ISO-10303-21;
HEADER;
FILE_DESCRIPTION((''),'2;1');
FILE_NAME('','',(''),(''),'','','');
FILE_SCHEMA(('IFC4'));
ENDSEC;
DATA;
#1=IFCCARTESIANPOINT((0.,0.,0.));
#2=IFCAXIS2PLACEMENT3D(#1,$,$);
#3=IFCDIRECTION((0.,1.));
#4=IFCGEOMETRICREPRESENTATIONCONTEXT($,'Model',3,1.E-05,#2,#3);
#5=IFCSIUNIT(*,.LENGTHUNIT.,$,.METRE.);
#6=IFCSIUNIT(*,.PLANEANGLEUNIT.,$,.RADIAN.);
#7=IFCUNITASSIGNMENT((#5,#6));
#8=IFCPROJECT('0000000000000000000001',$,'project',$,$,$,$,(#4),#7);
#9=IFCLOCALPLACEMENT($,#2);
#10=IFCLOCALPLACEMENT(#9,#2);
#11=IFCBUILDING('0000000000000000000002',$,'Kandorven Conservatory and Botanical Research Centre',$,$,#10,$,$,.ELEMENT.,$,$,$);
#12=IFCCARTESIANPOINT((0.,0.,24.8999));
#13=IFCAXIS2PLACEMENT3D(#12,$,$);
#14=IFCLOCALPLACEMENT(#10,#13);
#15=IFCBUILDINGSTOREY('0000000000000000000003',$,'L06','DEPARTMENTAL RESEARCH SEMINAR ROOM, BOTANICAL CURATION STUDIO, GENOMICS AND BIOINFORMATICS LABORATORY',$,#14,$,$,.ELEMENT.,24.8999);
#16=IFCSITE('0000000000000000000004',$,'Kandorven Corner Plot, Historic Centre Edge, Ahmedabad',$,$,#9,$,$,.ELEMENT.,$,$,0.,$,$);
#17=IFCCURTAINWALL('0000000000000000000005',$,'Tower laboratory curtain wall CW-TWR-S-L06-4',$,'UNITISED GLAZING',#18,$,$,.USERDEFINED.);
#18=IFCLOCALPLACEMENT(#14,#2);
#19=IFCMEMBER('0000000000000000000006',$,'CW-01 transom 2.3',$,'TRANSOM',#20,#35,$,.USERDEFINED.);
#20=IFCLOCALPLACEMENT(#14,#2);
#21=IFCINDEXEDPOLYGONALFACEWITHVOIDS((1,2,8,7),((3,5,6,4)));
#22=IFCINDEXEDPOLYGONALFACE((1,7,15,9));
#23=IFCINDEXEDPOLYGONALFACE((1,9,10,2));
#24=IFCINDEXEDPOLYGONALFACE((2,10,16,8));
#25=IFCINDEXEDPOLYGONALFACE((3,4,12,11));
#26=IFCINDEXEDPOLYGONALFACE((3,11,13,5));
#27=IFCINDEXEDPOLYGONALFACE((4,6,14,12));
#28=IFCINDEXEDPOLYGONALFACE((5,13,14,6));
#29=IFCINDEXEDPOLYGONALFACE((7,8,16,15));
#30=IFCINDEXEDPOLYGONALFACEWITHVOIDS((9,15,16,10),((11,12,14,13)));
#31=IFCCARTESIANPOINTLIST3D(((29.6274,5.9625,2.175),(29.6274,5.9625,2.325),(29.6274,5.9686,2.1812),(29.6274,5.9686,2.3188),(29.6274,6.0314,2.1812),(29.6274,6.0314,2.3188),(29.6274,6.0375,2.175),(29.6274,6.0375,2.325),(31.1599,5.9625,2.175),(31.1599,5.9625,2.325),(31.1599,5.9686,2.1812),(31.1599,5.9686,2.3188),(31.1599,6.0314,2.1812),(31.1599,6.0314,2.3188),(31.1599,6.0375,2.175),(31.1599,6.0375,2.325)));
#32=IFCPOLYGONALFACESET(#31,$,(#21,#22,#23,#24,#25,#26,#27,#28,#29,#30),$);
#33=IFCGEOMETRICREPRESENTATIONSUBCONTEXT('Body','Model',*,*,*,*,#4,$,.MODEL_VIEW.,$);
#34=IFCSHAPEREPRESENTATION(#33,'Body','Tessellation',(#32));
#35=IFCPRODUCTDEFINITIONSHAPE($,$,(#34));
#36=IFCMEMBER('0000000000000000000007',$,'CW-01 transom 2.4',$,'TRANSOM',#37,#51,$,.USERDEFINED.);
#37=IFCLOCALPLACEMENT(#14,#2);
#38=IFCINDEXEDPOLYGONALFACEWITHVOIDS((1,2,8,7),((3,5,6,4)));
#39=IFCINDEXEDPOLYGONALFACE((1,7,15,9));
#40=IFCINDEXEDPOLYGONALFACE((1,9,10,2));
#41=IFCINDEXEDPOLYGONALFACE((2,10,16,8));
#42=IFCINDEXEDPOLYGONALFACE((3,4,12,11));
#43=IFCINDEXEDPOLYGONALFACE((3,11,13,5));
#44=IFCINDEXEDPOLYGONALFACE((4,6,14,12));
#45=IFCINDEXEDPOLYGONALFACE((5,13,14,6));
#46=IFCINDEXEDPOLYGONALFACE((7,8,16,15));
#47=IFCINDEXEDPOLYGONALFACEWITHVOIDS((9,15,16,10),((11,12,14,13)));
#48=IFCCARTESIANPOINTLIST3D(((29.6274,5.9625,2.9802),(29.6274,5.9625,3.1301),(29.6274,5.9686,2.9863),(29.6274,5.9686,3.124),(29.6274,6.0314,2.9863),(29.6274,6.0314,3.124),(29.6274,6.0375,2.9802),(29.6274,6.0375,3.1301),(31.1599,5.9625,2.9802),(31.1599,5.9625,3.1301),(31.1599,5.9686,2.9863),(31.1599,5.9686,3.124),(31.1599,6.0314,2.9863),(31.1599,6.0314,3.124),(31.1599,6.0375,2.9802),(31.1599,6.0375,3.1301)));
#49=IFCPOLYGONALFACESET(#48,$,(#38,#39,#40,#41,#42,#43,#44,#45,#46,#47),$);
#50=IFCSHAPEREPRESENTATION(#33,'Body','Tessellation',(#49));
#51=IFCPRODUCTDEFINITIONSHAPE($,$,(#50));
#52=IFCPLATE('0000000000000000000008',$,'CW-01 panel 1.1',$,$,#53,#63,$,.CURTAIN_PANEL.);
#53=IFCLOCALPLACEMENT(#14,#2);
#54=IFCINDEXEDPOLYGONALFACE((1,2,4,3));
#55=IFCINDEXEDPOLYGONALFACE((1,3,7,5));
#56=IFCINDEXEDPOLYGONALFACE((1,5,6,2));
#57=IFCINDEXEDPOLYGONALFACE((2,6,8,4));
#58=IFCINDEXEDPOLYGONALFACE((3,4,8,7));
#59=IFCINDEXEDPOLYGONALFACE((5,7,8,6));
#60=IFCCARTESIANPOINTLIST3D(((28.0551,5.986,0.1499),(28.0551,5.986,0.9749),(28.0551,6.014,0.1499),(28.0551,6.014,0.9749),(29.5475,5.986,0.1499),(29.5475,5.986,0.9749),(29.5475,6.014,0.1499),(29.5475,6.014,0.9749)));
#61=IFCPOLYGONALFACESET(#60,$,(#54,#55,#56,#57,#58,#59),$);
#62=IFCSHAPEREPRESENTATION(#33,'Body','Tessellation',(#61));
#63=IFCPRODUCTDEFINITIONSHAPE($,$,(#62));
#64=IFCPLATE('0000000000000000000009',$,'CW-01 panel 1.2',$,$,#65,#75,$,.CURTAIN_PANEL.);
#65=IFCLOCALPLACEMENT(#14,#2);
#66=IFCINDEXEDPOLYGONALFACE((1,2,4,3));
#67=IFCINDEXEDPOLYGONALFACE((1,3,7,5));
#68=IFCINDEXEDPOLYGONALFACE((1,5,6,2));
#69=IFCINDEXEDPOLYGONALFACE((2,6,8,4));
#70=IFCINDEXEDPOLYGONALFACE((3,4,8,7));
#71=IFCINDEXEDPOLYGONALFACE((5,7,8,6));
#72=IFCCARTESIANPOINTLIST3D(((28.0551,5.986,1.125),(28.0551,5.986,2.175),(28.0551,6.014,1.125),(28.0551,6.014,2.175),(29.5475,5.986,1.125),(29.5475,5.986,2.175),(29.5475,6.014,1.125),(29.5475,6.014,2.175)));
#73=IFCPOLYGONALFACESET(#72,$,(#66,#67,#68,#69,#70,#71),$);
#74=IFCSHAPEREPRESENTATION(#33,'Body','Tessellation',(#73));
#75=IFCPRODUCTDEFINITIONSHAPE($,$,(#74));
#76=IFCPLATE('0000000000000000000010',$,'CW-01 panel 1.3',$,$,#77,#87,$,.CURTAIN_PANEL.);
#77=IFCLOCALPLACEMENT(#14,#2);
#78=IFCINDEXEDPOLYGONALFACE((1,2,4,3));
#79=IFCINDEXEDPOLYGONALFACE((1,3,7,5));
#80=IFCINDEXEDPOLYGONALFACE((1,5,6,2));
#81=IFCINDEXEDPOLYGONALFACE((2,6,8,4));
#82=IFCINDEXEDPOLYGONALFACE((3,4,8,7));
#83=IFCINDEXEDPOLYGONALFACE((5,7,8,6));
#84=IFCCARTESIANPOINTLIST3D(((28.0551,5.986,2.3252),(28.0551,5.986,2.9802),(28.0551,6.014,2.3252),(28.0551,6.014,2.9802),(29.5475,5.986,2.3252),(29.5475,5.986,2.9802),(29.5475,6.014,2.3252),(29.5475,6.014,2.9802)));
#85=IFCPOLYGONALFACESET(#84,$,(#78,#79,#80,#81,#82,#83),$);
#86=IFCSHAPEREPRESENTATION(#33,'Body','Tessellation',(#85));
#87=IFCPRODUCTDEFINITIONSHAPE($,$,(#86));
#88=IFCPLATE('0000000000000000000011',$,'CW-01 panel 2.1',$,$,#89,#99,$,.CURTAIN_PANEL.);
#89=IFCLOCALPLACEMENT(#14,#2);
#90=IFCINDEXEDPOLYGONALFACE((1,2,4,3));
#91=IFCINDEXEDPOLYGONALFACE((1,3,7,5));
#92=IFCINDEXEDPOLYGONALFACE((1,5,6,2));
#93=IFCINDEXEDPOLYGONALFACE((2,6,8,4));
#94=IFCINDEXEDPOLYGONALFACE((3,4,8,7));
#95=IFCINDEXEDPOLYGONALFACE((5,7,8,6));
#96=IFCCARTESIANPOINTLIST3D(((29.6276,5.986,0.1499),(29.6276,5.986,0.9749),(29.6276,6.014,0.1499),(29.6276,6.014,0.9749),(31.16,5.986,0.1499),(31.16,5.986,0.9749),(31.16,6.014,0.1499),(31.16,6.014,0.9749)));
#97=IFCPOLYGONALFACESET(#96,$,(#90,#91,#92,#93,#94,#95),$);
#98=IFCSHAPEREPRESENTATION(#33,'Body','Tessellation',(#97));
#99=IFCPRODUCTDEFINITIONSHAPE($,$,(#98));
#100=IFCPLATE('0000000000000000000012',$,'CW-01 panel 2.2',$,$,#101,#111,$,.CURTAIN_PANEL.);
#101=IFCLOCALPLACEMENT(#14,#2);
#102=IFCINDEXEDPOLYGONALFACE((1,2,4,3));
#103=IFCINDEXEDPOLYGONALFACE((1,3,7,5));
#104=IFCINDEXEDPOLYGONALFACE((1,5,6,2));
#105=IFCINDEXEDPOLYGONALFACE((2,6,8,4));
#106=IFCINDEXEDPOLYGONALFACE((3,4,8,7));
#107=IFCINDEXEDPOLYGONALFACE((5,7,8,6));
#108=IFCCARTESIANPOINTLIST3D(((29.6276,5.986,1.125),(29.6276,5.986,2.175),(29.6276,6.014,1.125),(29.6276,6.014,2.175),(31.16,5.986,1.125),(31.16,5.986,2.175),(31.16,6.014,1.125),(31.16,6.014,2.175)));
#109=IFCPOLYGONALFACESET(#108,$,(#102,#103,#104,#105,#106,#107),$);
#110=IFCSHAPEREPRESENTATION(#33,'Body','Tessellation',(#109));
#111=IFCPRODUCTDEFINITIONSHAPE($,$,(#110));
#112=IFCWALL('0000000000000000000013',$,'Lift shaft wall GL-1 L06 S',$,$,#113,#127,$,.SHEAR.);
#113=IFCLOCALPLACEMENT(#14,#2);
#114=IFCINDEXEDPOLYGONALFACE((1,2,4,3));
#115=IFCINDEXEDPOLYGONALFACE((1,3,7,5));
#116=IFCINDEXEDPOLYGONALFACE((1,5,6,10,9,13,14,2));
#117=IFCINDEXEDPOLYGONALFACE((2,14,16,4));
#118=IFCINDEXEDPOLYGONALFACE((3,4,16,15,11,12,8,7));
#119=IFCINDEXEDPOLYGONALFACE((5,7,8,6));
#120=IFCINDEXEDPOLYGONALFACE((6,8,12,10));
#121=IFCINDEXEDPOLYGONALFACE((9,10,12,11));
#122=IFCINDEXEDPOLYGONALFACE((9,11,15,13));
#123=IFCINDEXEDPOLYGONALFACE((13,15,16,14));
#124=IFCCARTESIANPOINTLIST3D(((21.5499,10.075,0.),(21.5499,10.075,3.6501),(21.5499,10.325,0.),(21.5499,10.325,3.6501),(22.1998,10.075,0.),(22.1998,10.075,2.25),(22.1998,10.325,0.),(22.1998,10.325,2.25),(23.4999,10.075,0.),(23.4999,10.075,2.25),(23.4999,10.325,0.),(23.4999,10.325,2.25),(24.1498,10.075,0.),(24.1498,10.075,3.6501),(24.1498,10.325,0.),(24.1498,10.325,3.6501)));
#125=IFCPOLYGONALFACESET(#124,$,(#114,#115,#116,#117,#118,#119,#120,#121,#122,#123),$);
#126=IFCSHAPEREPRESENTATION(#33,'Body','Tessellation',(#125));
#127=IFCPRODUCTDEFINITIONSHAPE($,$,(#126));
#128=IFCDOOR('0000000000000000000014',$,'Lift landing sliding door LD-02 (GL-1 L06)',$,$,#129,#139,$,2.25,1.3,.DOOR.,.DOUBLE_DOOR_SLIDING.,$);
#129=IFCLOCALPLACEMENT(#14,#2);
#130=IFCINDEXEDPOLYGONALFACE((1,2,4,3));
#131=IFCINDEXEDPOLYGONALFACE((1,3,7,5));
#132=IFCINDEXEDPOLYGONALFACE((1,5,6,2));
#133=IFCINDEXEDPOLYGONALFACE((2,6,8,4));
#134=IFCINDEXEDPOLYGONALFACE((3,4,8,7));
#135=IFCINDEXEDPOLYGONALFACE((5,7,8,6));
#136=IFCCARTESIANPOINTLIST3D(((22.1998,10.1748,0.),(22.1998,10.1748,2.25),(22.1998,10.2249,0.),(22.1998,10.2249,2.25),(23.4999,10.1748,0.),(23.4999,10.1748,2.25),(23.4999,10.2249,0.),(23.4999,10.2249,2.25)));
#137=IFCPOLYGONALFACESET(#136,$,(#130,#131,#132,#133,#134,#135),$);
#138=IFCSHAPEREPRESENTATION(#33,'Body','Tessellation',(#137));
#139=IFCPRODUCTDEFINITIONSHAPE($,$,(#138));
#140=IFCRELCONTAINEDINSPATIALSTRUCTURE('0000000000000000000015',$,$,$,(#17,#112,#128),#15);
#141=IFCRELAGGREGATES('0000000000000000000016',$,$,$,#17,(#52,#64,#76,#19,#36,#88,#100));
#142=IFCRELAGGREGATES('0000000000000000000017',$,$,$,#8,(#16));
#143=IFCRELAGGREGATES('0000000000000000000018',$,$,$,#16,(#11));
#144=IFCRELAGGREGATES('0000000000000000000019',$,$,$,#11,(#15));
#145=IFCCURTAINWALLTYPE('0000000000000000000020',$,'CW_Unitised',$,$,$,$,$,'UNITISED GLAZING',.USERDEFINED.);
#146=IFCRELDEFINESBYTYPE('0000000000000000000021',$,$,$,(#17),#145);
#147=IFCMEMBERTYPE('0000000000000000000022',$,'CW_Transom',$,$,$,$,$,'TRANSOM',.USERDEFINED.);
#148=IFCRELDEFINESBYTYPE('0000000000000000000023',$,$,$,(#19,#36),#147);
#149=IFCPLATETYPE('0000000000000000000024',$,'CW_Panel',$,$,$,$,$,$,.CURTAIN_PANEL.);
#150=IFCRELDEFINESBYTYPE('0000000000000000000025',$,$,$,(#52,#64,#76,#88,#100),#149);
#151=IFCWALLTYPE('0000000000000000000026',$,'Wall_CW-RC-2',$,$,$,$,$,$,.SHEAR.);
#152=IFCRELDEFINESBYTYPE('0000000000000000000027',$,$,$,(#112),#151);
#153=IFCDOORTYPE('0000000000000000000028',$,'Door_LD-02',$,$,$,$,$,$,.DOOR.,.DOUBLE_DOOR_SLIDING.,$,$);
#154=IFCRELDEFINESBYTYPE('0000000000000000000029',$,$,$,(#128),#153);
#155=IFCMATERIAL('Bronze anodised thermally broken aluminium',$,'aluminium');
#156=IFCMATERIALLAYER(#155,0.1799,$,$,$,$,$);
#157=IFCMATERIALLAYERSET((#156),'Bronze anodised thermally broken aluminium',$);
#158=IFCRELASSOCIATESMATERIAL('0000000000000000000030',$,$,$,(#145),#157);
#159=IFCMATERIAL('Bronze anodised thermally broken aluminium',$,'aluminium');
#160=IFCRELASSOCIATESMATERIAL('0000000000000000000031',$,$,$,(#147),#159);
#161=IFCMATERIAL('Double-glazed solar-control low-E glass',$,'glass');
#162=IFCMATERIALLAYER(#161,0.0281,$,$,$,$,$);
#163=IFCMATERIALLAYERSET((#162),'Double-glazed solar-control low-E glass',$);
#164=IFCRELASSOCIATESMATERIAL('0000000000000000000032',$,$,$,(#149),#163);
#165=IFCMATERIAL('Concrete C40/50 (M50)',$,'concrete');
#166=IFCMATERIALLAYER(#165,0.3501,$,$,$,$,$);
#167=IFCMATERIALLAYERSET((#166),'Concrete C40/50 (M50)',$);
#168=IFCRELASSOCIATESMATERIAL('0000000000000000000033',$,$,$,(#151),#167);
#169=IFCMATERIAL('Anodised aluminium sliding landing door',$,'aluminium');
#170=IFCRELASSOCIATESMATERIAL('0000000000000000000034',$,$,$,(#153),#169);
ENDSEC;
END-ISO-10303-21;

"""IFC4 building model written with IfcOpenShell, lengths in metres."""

from ifc_helpers import new_model, si_unit, direction, frame, frame_2d, origin, origin_2d, place, context, subcontext, project, spatial, rectangle, hollow_rectangle, extrude, material, layer, layer_set, material_profile, profile_set, type_object, element, fill, aggregate, save


model = new_model("IFC4")

# Units and contexts
model_context = context("Model", 3, precision=1e-05, world=origin(), true_north=direction((0.0, 1.0)))
body_context = subcontext(model_context, "Body", "Model", "MODEL_VIEW")
ifc_project = project(units=[si_unit("LENGTHUNIT", "METRE"), si_unit("PLANEANGLEUNIT", "RADIAN")], contexts=[model_context])

# Site, building, storey
site_placement = place(None, origin())
site = spatial("IfcSite", under=ifc_project, at=site_placement, Name="Kandorven Corner Plot, Historic Centre Edge, Ahmedabad", CompositionType="ELEMENT", RefElevation=0.0)
building_placement = place(site_placement, origin())
building = spatial("IfcBuilding", under=site, at=building_placement, Name="Kandorven Conservatory and Botanical Research Centre", CompositionType="ELEMENT")
storey_placement = place(building_placement, frame((0.0, 0.0, 24.8999)))
storey = spatial("IfcBuildingStorey", under=building, at=storey_placement, Name="L06", Description="DEPARTMENTAL RESEARCH SEMINAR ROOM, BOTANICAL CURATION STUDIO, GENOMICS AND BIOINFORMATICS LABORATORY", CompositionType="ELEMENT", Elevation=24.8999)

# Curtain wall, members, plates
ifc_material_1 = material(Name="Bronze anodised thermally broken aluminium", Category="aluminium")
ifc_layer_1 = layer(ifc_material_1, 0.1799)
ifc_layer_set_1 = layer_set([ifc_layer_1], Name="Bronze anodised thermally broken aluminium")
curtain_wall_type = type_object("IfcCurtainWallType", Name="CW_Unitised", ElementType="UNITISED GLAZING", PredefinedType="USERDEFINED", material=ifc_layer_set_1)
curtain_wall_placement = place(storey_placement, origin())
curtain_wall = element("IfcCurtainWall", 1, at=curtain_wall_placement, inside=storey, type_object=curtain_wall_type, Name="Tower laboratory curtain wall CW-TWR-S-L06-4", ObjectType="UNITISED GLAZING", PredefinedType="USERDEFINED")
ifc_material_2 = material(Name="Bronze anodised thermally broken aluminium", Category="aluminium")
ifc_material_profile_1 = material_profile(ifc_material_2, hollow_rectangle(XDim=0.075, YDim=0.1499, WallThickness=0.0061, at=origin_2d()))
ifc_profile_set_1 = profile_set([ifc_material_profile_1], Name="Bronze anodised thermally broken aluminium")
member_type_1 = type_object("IfcMemberType", Name="CW_Transom", ElementType="TRANSOM", PredefinedType="USERDEFINED", material=ifc_profile_set_1)
member_1_placement = place(storey_placement, frame((29.6274, 6.0, 2.25), z_axis=(1.0, 0.0, 0.0), x_axis=(0.0, 1.0, 0.0)))
member_1 = element("IfcMember", 2, at=member_1_placement, type_object=member_type_1, Name="CW-01 transom 2.3", ObjectType="TRANSOM", PredefinedType="USERDEFINED", context=body_context, shape_type="SweptSolid", body=[
    extrude(hollow_rectangle(XDim=0.075, YDim=0.1499, WallThickness=0.0061, at=origin_2d()), origin(), (0.0, 0.0, 1.0), 1.5325),
])
member_2_placement = place(storey_placement, frame((29.6274, 6.0, 3.0552), z_axis=(1.0, 0.0, 0.0), x_axis=(0.0, 1.0, 0.0)))
member_2 = element("IfcMember", 3, at=member_2_placement, type_object=member_type_1, Name="CW-01 transom 2.4", ObjectType="TRANSOM", PredefinedType="USERDEFINED", context=body_context, shape_type="SweptSolid", body=[
    extrude(hollow_rectangle(XDim=0.075, YDim=0.1499, WallThickness=0.0061, at=origin_2d()), origin(), (0.0, 0.0, 1.0), 1.5325),
])
ifc_material_3 = material(Name="Double-glazed solar-control low-E glass", Category="glass")
ifc_layer_2 = layer(ifc_material_3, 0.0281)
ifc_layer_set_2 = layer_set([ifc_layer_2], Name="Double-glazed solar-control low-E glass")
plate_type = type_object("IfcPlateType", Name="CW_Panel", PredefinedType="CURTAIN_PANEL", material=ifc_layer_set_2)
plate_1_placement = place(storey_placement, frame((28.8013, 6.0, 0.1499), z_axis=(0.0, 0.0, 1.0), x_axis=(1.0, 0.0, 0.0)))
plate_1 = element("IfcPlate", 4, at=plate_1_placement, type_object=plate_type, Name="CW-01 panel 1.1", PredefinedType="CURTAIN_PANEL", context=body_context, shape_type="SweptSolid", body=[
    extrude(rectangle(XDim=1.4924, YDim=0.0281, at=origin_2d()), origin(), (0.0, 0.0, 1.0), 0.825),
])
plate_2_placement = place(storey_placement, frame((28.8013, 6.0, 1.125), z_axis=(0.0, 0.0, 1.0), x_axis=(1.0, 0.0, 0.0)))
plate_2 = element("IfcPlate", 5, at=plate_2_placement, type_object=plate_type, Name="CW-01 panel 1.2", PredefinedType="CURTAIN_PANEL", context=body_context, shape_type="SweptSolid", body=[
    extrude(rectangle(XDim=1.4924, YDim=0.0281, at=origin_2d()), origin(), (0.0, 0.0, 1.0), 1.05),
])
plate_3_placement = place(storey_placement, frame((28.8013, 6.0, 2.3252), z_axis=(0.0, 0.0, 1.0), x_axis=(1.0, 0.0, 0.0)))
plate_3 = element("IfcPlate", 6, at=plate_3_placement, type_object=plate_type, Name="CW-01 panel 1.3", PredefinedType="CURTAIN_PANEL", context=body_context, shape_type="SweptSolid", body=[
    extrude(rectangle(XDim=1.4924, YDim=0.0281, at=origin_2d()), origin(), (0.0, 0.0, 1.0), 0.655),
])
plate_4_placement = place(storey_placement, frame((30.3938, 6.0, 0.1499), z_axis=(0.0, 0.0, 1.0), x_axis=(1.0, 0.0, 0.0)))
plate_4 = element("IfcPlate", 7, at=plate_4_placement, type_object=plate_type, Name="CW-01 panel 2.1", PredefinedType="CURTAIN_PANEL", context=body_context, shape_type="SweptSolid", body=[
    extrude(rectangle(XDim=1.5325, YDim=0.0281, at=origin_2d()), origin(), (0.0, 0.0, 1.0), 0.825),
])
plate_5_placement = place(storey_placement, frame((30.3938, 6.0, 1.125), z_axis=(0.0, 0.0, 1.0), x_axis=(1.0, 0.0, 0.0)))
plate_5 = element("IfcPlate", 8, at=plate_5_placement, type_object=plate_type, Name="CW-01 panel 2.2", PredefinedType="CURTAIN_PANEL", context=body_context, shape_type="SweptSolid", body=[
    extrude(rectangle(XDim=1.5325, YDim=0.0281, at=origin_2d()), origin(), (0.0, 0.0, 1.0), 1.05),
])
aggregate(curtain_wall, [plate_1, plate_2, plate_3, member_1, member_2, plate_4, plate_5])

# Wall, opening, door
ifc_material_4 = material(Name="Concrete C40/50 (M50)", Category="concrete")
ifc_layer_3 = layer(ifc_material_4, 0.3501)
ifc_layer_set_3 = layer_set([ifc_layer_3], Name="Concrete C40/50 (M50)")
wall_type = type_object("IfcWallType", Name="Wall_CW-RC-2", PredefinedType="SHEAR", material=ifc_layer_set_3)
wall_placement = place(storey_placement, frame((21.55, 10.2, 0.0), z_axis=(0.0, 0.0, 1.0), x_axis=(1.0, 0.0, 0.0)))
wall = element("IfcWall", 9, at=wall_placement, inside=storey, type_object=wall_type, Name="Lift shaft wall GL-1 L06 S", PredefinedType="SHEAR", context=body_context, shape_type="SweptSolid", body=[
    extrude(rectangle(XDim=2.5999, YDim=0.25, at=frame_2d((1.2998, 0.0))), origin(), (0.0, 0.0, 1.0), 3.6501),
])
opening_placement = place(wall_placement, frame((0.6499, 0.0, 0.0)))
opening = element("IfcOpeningElement", 10, at=opening_placement, cuts=wall, PredefinedType="OPENING", context=body_context, shape_type="SweptSolid", body=[
    extrude(rectangle(XDim=1.3, YDim=2.25, at=frame_2d((0.6499, 1.125))), frame((0.0, 0.135, 0.0), z_axis=(0.0, -1.0, 0.0), x_axis=(1.0, 0.0, 0.0)), (0.0, 0.0, 1.0), 0.27),
])
ifc_material_5 = material(Name="Anodised aluminium sliding landing door", Category="aluminium")
door_type = type_object("IfcDoorType", Name="Door_LD-02", OperationType="DOUBLE_DOOR_SLIDING", PredefinedType="DOOR", material=ifc_material_5)
door_placement = place(opening_placement, origin())
door = element("IfcDoor", 11, at=door_placement, inside=storey, type_object=door_type, Name="Lift landing sliding door LD-02 (GL-1 L06)", OperationType="DOUBLE_DOOR_SLIDING", OverallHeight=2.25, OverallWidth=1.3, PredefinedType="DOOR", context=body_context, shape_type="SweptSolid", body=[
    extrude(rectangle(XDim=1.3, YDim=2.25, at=frame_2d((0.6499, 1.125))), frame((0.0, 0.0249, 0.0), z_axis=(0.0, -1.0, 0.0), x_axis=(1.0, 0.0, 0.0)), (0.0, 0.0, 1.0), 0.05),
])
fill(opening, door)

save(model, "model.ifc")
